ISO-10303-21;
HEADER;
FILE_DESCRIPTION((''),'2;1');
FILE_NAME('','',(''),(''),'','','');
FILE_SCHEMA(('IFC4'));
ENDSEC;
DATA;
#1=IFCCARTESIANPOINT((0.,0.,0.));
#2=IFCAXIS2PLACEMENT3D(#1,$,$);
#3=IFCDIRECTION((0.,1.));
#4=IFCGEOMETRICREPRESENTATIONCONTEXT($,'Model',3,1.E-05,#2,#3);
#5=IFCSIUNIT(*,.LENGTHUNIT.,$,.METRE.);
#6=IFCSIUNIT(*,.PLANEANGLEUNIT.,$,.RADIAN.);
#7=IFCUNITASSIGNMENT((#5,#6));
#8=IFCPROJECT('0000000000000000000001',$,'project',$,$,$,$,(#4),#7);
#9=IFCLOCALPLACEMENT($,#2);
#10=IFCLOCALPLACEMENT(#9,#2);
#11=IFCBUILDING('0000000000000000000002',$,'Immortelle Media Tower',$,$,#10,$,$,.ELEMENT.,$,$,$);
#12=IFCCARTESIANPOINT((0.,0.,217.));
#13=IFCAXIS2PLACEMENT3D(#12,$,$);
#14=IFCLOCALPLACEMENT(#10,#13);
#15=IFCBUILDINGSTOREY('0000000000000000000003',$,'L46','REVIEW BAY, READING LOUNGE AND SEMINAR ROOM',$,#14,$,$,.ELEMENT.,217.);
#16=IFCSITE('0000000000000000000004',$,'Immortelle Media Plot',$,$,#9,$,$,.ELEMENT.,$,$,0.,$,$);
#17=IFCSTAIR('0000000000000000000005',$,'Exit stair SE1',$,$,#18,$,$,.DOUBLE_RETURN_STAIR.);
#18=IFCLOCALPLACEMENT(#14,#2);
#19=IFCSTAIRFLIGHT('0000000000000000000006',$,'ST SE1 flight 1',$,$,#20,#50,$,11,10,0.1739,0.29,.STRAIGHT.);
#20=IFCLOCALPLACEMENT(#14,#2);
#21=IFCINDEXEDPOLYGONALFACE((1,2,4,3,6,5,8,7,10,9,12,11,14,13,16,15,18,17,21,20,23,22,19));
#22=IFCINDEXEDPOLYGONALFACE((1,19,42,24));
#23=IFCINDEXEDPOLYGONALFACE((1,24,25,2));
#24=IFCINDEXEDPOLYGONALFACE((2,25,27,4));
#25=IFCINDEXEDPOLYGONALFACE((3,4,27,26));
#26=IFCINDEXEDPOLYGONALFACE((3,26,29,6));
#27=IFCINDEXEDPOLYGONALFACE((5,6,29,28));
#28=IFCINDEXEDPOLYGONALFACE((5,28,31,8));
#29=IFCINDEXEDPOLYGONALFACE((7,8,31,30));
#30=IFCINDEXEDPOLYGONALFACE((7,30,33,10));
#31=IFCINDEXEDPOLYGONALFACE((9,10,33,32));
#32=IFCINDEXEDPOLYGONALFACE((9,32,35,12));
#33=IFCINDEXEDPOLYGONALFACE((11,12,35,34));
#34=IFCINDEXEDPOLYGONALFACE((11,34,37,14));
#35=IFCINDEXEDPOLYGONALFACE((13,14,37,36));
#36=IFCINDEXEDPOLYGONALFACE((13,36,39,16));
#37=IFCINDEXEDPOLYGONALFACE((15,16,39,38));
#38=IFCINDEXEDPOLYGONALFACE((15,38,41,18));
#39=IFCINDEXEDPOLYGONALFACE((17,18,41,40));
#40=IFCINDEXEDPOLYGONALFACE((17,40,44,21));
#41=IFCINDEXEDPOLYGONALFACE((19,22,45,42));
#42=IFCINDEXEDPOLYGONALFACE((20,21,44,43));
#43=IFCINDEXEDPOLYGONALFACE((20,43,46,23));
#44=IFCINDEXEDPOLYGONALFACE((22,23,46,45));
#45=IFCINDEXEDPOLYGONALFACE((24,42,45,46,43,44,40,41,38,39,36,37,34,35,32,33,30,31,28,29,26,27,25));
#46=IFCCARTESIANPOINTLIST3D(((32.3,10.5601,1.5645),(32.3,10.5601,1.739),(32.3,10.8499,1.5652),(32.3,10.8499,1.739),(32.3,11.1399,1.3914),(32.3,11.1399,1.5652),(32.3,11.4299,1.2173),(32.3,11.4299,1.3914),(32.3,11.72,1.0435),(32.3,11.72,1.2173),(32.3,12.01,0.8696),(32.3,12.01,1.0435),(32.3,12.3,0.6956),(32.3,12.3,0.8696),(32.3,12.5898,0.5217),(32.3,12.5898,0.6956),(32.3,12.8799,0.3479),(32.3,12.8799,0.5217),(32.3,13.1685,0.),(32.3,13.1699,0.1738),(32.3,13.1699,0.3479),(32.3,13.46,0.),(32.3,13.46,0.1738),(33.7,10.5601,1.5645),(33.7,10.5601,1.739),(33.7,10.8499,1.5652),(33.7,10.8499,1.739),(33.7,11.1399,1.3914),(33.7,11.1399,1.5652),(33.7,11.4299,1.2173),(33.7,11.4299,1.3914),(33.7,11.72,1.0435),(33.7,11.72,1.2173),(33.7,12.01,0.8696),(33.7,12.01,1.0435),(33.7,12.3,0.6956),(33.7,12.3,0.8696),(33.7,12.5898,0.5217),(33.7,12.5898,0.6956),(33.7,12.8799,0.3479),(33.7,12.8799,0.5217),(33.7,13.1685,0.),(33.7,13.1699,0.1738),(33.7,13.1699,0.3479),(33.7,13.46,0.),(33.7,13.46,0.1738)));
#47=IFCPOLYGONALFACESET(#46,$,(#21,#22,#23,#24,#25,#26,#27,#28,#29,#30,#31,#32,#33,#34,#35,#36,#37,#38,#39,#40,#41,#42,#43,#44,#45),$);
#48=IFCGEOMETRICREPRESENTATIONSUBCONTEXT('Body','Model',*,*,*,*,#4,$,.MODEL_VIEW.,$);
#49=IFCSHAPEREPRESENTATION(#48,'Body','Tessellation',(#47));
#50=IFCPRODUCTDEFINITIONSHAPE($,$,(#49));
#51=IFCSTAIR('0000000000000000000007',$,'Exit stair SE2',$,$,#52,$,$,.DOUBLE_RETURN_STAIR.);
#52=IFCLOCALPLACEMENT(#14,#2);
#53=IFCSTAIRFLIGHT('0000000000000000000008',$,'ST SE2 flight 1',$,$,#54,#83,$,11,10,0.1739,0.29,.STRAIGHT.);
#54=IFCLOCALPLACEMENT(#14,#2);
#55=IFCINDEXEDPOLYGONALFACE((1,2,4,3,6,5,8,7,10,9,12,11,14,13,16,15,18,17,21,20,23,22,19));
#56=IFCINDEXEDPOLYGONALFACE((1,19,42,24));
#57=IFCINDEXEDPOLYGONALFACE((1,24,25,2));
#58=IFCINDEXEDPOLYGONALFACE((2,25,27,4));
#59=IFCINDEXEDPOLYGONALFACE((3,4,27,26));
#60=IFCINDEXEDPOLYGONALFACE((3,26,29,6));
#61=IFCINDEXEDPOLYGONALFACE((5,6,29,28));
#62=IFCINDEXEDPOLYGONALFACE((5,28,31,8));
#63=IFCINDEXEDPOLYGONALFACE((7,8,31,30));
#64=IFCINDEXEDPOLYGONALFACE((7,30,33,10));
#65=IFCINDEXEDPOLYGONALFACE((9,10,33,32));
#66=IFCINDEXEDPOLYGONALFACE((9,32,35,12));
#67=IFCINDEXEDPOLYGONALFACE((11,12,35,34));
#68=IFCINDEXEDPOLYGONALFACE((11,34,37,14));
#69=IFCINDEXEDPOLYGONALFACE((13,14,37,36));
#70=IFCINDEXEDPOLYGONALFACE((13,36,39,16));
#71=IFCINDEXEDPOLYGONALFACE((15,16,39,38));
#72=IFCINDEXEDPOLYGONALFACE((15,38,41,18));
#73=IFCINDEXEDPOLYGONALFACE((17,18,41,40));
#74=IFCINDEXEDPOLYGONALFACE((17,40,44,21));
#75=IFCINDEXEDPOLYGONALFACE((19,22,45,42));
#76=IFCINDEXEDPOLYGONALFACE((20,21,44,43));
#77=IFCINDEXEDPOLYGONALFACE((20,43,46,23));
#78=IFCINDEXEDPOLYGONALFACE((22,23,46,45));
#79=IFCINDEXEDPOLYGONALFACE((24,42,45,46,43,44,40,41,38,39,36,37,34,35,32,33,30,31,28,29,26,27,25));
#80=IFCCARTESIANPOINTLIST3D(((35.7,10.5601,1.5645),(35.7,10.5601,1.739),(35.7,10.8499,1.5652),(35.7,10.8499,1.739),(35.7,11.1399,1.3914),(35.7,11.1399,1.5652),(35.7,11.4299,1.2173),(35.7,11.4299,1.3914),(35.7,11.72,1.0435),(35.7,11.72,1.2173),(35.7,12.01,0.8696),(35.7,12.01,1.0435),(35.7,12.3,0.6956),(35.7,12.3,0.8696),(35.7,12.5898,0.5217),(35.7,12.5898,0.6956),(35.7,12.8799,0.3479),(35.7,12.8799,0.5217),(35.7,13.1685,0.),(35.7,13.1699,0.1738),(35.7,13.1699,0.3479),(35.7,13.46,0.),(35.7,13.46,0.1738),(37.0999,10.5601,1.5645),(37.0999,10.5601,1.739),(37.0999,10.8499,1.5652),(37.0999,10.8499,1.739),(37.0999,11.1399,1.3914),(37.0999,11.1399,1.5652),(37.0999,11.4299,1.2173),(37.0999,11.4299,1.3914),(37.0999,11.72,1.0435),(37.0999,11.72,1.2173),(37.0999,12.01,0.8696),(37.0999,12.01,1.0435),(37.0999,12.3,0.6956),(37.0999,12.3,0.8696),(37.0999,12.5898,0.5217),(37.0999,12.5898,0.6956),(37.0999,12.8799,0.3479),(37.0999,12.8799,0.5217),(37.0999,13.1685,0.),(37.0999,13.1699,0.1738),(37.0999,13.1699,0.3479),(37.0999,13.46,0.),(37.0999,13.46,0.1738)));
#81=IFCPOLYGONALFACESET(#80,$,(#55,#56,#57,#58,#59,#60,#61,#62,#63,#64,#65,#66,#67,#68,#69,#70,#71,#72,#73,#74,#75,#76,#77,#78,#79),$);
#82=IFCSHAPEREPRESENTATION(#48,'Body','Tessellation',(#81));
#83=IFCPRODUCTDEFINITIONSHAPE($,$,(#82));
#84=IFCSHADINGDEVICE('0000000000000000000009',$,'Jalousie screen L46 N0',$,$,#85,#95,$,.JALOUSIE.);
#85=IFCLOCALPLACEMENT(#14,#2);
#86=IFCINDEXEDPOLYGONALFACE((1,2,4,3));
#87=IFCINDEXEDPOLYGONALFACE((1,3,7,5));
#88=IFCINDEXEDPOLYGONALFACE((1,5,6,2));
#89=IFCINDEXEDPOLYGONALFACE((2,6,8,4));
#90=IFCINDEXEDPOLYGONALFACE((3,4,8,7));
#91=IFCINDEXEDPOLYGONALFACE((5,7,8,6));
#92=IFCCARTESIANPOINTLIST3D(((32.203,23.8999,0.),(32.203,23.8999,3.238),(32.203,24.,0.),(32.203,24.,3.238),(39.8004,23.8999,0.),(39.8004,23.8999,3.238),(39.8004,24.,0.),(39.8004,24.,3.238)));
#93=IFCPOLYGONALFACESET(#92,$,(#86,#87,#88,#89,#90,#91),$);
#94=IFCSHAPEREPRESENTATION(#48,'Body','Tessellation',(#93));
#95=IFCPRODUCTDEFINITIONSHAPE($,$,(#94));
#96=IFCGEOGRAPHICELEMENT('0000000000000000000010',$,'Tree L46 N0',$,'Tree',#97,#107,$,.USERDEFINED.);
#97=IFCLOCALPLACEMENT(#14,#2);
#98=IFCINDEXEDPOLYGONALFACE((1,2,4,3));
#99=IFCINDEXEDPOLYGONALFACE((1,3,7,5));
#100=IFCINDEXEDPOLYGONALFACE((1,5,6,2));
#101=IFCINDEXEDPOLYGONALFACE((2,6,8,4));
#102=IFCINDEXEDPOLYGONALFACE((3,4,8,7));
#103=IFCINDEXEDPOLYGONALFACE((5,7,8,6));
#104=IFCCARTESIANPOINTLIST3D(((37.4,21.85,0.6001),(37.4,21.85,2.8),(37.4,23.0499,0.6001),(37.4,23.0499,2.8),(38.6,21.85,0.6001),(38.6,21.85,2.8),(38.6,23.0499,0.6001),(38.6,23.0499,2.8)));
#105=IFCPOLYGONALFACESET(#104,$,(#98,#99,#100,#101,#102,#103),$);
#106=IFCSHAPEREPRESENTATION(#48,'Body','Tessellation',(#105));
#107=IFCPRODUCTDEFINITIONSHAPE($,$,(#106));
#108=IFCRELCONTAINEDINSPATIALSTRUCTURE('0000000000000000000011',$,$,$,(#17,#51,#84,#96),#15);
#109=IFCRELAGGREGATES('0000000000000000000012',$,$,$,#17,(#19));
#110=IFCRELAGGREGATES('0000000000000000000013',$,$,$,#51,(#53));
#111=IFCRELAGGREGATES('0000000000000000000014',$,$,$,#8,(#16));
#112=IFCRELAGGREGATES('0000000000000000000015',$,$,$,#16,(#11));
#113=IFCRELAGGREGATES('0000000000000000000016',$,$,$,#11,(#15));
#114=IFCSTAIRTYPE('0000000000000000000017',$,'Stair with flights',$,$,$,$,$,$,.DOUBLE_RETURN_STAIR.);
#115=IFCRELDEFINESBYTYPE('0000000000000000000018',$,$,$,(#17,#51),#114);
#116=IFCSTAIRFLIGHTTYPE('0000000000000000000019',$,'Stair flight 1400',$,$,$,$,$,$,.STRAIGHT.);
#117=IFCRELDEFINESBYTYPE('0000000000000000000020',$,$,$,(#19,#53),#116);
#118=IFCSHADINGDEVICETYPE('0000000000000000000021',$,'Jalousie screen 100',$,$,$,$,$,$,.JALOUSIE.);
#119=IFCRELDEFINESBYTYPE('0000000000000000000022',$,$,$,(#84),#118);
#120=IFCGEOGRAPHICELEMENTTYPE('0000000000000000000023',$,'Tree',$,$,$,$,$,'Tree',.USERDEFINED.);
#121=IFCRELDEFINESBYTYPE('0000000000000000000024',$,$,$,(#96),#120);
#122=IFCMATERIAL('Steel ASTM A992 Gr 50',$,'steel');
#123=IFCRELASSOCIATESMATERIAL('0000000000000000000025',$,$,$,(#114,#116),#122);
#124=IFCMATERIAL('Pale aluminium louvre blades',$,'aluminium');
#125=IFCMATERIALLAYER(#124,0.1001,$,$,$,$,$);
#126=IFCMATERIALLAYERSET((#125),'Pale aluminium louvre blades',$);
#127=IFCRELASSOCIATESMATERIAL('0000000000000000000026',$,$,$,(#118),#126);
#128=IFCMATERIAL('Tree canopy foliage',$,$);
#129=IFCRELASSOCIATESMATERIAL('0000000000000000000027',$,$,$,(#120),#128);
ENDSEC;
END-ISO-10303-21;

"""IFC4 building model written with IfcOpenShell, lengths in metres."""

from ifc_helpers import new_model, si_unit, direction, frame, origin, origin_2d, place, context, subcontext, project, spatial, polyline, rectangle, outline, extrude, material, layer, layer_set, type_object, element, aggregate, save


model = new_model("IFC4")

# Units and contexts
model_context = context("Model", 3, precision=1e-05, world=origin(), true_north=direction((0.0, 1.0)))
body_context = subcontext(model_context, "Body", "Model", "MODEL_VIEW")
ifc_project = project(units=[si_unit("LENGTHUNIT", "METRE"), si_unit("PLANEANGLEUNIT", "RADIAN")], contexts=[model_context])

# Site, building, storey
site_placement = place(None, origin())
site = spatial("IfcSite", under=ifc_project, at=site_placement, Name="Immortelle Media Plot", CompositionType="ELEMENT", RefElevation=0.0)
building_placement = place(site_placement, origin())
building = spatial("IfcBuilding", under=site, at=building_placement, Name="Immortelle Media Tower", CompositionType="ELEMENT")
storey_placement = place(building_placement, frame((0.0, 0.0, 217.0)))
storey = spatial("IfcBuildingStorey", under=building, at=storey_placement, Name="L46", Description="REVIEW BAY, READING LOUNGE AND SEMINAR ROOM", CompositionType="ELEMENT", Elevation=217.0)

# Shared definitions
ifc_material_1 = material(Name="Steel ASTM A992 Gr 50", Category="steel")

# Stairs, stair flights
stair_type = type_object("IfcStairType", Name="Stair with flights", PredefinedType="DOUBLE_RETURN_STAIR", material=ifc_material_1)
stair_1_placement = place(storey_placement, origin())
stair_1 = element("IfcStair", 1, at=stair_1_placement, inside=storey, type_object=stair_type, Name="Exit stair SE1", PredefinedType="DOUBLE_RETURN_STAIR")
stair_flight_type = type_object("IfcStairFlightType", Name="Stair flight 1400", PredefinedType="STRAIGHT", material=ifc_material_1)
stair_flight_1_placement = place(storey_placement, frame((33.0, 13.46, 0.0), z_axis=(0.0, 0.0, 1.0), x_axis=(0.0, -1.0, 0.0)))
stair_flight_1 = element("IfcStairFlight", 2, at=stair_flight_1_placement, type_object=stair_flight_type, Name="ST SE1 flight 1", NumberOfRisers=11, NumberOfTreads=10, PredefinedType="STRAIGHT", RiserHeight=0.1739, TreadLength=0.29, context=body_context, shape_type="SweptSolid", body=[
    extrude(outline(polyline([(0.0, 0.0), (0.0, 0.1738), (0.29, 0.1738), (0.29, 0.3479), (0.5801, 0.3479), (0.5801, 0.5217), (0.8701, 0.5217), (0.8701, 0.6956), (1.1599, 0.6956), (1.1599, 0.8696), (1.45, 0.8696), (1.45, 1.0435), (1.74, 1.0435), (1.74, 1.2173), (2.03, 1.2173), (2.03, 1.3914), (2.3201, 1.3914), (2.3201, 1.5652), (2.6101, 1.5652), (2.6101, 1.739), (2.8999, 1.739), (2.8999, 1.9131), (2.8999, 1.5645), (0.2915, 0.0), (0.0, 0.0)])), frame((0.0, 0.7, 0.0), z_axis=(0.0, -1.0, 0.0), x_axis=(1.0, 0.0, 0.0)), (0.0, 0.0, 1.0), 1.3999),
])
aggregate(stair_1, [stair_flight_1])
stair_2_placement = place(storey_placement, origin())
stair_2 = element("IfcStair", 3, at=stair_2_placement, inside=storey, type_object=stair_type, Name="Exit stair SE2", PredefinedType="DOUBLE_RETURN_STAIR")
stair_flight_2_placement = place(storey_placement, frame((36.3999, 13.46, 0.0), z_axis=(0.0, 0.0, 1.0), x_axis=(0.0, -1.0, 0.0)))
stair_flight_2 = element("IfcStairFlight", 4, at=stair_flight_2_placement, type_object=stair_flight_type, Name="ST SE2 flight 1", NumberOfRisers=11, NumberOfTreads=10, PredefinedType="STRAIGHT", RiserHeight=0.1739, TreadLength=0.29, context=body_context, shape_type="SweptSolid", body=[
    extrude(outline(polyline([(0.0, 0.0), (0.0, 0.1738), (0.29, 0.1738), (0.29, 0.3479), (0.5801, 0.3479), (0.5801, 0.5217), (0.8701, 0.5217), (0.8701, 0.6956), (1.1599, 0.6956), (1.1599, 0.8696), (1.45, 0.8696), (1.45, 1.0435), (1.74, 1.0435), (1.74, 1.2173), (2.03, 1.2173), (2.03, 1.3914), (2.3201, 1.3914), (2.3201, 1.5652), (2.6101, 1.5652), (2.6101, 1.739), (2.8999, 1.739), (2.8999, 1.9131), (2.8999, 1.5645), (0.2915, 0.0), (0.0, 0.0)])), frame((0.0, 0.7, 0.0), z_axis=(0.0, -1.0, 0.0), x_axis=(1.0, 0.0, 0.0)), (0.0, 0.0, 1.0), 1.3999),
])
aggregate(stair_2, [stair_flight_2])

# Shading device
ifc_material_2 = material(Name="Pale aluminium louvre blades", Category="aluminium")
ifc_layer_1 = layer(ifc_material_2, 0.1001)
ifc_layer_set_1 = layer_set([ifc_layer_1], Name="Pale aluminium louvre blades")
shading_device_type = type_object("IfcShadingDeviceType", Name="Jalousie screen 100", PredefinedType="JALOUSIE", material=ifc_layer_set_1)
shading_device_placement = place(storey_placement, frame((36.0017, 23.95, 0.0), z_axis=(0.0, 0.0, 1.0), x_axis=(-1.0, 0.0, 0.0)))
element("IfcShadingDevice", 5, at=shading_device_placement, inside=storey, type_object=shading_device_type, Name="Jalousie screen L46 N0", PredefinedType="JALOUSIE", context=body_context, shape_type="SweptSolid", body=[
    extrude(rectangle(XDim=7.5974, YDim=0.1001, at=origin_2d()), origin(), (0.0, 0.0, 1.0), 3.238),
])

# Geographic element
ifc_material_3 = material(Name="Tree canopy foliage")
geographic_element_type = type_object("IfcGeographicElementType", Name="Tree", ElementType="Tree", PredefinedType="USERDEFINED", material=ifc_material_3)
geographic_element_placement = place(storey_placement, frame((38.0, 22.45, 0.6001), z_axis=(0.0, 0.0, 1.0), x_axis=(1.0, 0.0, 0.0)))
element("IfcGeographicElement", 6, at=geographic_element_placement, inside=storey, type_object=geographic_element_type, Name="Tree L46 N0", ObjectType="Tree", PredefinedType="USERDEFINED", context=body_context, shape_type="SweptSolid", body=[
    extrude(rectangle(XDim=1.2, YDim=1.2, at=origin_2d()), origin(), (0.0, 0.0, 1.0), 2.2),
])

save(model, "model.ifc")
